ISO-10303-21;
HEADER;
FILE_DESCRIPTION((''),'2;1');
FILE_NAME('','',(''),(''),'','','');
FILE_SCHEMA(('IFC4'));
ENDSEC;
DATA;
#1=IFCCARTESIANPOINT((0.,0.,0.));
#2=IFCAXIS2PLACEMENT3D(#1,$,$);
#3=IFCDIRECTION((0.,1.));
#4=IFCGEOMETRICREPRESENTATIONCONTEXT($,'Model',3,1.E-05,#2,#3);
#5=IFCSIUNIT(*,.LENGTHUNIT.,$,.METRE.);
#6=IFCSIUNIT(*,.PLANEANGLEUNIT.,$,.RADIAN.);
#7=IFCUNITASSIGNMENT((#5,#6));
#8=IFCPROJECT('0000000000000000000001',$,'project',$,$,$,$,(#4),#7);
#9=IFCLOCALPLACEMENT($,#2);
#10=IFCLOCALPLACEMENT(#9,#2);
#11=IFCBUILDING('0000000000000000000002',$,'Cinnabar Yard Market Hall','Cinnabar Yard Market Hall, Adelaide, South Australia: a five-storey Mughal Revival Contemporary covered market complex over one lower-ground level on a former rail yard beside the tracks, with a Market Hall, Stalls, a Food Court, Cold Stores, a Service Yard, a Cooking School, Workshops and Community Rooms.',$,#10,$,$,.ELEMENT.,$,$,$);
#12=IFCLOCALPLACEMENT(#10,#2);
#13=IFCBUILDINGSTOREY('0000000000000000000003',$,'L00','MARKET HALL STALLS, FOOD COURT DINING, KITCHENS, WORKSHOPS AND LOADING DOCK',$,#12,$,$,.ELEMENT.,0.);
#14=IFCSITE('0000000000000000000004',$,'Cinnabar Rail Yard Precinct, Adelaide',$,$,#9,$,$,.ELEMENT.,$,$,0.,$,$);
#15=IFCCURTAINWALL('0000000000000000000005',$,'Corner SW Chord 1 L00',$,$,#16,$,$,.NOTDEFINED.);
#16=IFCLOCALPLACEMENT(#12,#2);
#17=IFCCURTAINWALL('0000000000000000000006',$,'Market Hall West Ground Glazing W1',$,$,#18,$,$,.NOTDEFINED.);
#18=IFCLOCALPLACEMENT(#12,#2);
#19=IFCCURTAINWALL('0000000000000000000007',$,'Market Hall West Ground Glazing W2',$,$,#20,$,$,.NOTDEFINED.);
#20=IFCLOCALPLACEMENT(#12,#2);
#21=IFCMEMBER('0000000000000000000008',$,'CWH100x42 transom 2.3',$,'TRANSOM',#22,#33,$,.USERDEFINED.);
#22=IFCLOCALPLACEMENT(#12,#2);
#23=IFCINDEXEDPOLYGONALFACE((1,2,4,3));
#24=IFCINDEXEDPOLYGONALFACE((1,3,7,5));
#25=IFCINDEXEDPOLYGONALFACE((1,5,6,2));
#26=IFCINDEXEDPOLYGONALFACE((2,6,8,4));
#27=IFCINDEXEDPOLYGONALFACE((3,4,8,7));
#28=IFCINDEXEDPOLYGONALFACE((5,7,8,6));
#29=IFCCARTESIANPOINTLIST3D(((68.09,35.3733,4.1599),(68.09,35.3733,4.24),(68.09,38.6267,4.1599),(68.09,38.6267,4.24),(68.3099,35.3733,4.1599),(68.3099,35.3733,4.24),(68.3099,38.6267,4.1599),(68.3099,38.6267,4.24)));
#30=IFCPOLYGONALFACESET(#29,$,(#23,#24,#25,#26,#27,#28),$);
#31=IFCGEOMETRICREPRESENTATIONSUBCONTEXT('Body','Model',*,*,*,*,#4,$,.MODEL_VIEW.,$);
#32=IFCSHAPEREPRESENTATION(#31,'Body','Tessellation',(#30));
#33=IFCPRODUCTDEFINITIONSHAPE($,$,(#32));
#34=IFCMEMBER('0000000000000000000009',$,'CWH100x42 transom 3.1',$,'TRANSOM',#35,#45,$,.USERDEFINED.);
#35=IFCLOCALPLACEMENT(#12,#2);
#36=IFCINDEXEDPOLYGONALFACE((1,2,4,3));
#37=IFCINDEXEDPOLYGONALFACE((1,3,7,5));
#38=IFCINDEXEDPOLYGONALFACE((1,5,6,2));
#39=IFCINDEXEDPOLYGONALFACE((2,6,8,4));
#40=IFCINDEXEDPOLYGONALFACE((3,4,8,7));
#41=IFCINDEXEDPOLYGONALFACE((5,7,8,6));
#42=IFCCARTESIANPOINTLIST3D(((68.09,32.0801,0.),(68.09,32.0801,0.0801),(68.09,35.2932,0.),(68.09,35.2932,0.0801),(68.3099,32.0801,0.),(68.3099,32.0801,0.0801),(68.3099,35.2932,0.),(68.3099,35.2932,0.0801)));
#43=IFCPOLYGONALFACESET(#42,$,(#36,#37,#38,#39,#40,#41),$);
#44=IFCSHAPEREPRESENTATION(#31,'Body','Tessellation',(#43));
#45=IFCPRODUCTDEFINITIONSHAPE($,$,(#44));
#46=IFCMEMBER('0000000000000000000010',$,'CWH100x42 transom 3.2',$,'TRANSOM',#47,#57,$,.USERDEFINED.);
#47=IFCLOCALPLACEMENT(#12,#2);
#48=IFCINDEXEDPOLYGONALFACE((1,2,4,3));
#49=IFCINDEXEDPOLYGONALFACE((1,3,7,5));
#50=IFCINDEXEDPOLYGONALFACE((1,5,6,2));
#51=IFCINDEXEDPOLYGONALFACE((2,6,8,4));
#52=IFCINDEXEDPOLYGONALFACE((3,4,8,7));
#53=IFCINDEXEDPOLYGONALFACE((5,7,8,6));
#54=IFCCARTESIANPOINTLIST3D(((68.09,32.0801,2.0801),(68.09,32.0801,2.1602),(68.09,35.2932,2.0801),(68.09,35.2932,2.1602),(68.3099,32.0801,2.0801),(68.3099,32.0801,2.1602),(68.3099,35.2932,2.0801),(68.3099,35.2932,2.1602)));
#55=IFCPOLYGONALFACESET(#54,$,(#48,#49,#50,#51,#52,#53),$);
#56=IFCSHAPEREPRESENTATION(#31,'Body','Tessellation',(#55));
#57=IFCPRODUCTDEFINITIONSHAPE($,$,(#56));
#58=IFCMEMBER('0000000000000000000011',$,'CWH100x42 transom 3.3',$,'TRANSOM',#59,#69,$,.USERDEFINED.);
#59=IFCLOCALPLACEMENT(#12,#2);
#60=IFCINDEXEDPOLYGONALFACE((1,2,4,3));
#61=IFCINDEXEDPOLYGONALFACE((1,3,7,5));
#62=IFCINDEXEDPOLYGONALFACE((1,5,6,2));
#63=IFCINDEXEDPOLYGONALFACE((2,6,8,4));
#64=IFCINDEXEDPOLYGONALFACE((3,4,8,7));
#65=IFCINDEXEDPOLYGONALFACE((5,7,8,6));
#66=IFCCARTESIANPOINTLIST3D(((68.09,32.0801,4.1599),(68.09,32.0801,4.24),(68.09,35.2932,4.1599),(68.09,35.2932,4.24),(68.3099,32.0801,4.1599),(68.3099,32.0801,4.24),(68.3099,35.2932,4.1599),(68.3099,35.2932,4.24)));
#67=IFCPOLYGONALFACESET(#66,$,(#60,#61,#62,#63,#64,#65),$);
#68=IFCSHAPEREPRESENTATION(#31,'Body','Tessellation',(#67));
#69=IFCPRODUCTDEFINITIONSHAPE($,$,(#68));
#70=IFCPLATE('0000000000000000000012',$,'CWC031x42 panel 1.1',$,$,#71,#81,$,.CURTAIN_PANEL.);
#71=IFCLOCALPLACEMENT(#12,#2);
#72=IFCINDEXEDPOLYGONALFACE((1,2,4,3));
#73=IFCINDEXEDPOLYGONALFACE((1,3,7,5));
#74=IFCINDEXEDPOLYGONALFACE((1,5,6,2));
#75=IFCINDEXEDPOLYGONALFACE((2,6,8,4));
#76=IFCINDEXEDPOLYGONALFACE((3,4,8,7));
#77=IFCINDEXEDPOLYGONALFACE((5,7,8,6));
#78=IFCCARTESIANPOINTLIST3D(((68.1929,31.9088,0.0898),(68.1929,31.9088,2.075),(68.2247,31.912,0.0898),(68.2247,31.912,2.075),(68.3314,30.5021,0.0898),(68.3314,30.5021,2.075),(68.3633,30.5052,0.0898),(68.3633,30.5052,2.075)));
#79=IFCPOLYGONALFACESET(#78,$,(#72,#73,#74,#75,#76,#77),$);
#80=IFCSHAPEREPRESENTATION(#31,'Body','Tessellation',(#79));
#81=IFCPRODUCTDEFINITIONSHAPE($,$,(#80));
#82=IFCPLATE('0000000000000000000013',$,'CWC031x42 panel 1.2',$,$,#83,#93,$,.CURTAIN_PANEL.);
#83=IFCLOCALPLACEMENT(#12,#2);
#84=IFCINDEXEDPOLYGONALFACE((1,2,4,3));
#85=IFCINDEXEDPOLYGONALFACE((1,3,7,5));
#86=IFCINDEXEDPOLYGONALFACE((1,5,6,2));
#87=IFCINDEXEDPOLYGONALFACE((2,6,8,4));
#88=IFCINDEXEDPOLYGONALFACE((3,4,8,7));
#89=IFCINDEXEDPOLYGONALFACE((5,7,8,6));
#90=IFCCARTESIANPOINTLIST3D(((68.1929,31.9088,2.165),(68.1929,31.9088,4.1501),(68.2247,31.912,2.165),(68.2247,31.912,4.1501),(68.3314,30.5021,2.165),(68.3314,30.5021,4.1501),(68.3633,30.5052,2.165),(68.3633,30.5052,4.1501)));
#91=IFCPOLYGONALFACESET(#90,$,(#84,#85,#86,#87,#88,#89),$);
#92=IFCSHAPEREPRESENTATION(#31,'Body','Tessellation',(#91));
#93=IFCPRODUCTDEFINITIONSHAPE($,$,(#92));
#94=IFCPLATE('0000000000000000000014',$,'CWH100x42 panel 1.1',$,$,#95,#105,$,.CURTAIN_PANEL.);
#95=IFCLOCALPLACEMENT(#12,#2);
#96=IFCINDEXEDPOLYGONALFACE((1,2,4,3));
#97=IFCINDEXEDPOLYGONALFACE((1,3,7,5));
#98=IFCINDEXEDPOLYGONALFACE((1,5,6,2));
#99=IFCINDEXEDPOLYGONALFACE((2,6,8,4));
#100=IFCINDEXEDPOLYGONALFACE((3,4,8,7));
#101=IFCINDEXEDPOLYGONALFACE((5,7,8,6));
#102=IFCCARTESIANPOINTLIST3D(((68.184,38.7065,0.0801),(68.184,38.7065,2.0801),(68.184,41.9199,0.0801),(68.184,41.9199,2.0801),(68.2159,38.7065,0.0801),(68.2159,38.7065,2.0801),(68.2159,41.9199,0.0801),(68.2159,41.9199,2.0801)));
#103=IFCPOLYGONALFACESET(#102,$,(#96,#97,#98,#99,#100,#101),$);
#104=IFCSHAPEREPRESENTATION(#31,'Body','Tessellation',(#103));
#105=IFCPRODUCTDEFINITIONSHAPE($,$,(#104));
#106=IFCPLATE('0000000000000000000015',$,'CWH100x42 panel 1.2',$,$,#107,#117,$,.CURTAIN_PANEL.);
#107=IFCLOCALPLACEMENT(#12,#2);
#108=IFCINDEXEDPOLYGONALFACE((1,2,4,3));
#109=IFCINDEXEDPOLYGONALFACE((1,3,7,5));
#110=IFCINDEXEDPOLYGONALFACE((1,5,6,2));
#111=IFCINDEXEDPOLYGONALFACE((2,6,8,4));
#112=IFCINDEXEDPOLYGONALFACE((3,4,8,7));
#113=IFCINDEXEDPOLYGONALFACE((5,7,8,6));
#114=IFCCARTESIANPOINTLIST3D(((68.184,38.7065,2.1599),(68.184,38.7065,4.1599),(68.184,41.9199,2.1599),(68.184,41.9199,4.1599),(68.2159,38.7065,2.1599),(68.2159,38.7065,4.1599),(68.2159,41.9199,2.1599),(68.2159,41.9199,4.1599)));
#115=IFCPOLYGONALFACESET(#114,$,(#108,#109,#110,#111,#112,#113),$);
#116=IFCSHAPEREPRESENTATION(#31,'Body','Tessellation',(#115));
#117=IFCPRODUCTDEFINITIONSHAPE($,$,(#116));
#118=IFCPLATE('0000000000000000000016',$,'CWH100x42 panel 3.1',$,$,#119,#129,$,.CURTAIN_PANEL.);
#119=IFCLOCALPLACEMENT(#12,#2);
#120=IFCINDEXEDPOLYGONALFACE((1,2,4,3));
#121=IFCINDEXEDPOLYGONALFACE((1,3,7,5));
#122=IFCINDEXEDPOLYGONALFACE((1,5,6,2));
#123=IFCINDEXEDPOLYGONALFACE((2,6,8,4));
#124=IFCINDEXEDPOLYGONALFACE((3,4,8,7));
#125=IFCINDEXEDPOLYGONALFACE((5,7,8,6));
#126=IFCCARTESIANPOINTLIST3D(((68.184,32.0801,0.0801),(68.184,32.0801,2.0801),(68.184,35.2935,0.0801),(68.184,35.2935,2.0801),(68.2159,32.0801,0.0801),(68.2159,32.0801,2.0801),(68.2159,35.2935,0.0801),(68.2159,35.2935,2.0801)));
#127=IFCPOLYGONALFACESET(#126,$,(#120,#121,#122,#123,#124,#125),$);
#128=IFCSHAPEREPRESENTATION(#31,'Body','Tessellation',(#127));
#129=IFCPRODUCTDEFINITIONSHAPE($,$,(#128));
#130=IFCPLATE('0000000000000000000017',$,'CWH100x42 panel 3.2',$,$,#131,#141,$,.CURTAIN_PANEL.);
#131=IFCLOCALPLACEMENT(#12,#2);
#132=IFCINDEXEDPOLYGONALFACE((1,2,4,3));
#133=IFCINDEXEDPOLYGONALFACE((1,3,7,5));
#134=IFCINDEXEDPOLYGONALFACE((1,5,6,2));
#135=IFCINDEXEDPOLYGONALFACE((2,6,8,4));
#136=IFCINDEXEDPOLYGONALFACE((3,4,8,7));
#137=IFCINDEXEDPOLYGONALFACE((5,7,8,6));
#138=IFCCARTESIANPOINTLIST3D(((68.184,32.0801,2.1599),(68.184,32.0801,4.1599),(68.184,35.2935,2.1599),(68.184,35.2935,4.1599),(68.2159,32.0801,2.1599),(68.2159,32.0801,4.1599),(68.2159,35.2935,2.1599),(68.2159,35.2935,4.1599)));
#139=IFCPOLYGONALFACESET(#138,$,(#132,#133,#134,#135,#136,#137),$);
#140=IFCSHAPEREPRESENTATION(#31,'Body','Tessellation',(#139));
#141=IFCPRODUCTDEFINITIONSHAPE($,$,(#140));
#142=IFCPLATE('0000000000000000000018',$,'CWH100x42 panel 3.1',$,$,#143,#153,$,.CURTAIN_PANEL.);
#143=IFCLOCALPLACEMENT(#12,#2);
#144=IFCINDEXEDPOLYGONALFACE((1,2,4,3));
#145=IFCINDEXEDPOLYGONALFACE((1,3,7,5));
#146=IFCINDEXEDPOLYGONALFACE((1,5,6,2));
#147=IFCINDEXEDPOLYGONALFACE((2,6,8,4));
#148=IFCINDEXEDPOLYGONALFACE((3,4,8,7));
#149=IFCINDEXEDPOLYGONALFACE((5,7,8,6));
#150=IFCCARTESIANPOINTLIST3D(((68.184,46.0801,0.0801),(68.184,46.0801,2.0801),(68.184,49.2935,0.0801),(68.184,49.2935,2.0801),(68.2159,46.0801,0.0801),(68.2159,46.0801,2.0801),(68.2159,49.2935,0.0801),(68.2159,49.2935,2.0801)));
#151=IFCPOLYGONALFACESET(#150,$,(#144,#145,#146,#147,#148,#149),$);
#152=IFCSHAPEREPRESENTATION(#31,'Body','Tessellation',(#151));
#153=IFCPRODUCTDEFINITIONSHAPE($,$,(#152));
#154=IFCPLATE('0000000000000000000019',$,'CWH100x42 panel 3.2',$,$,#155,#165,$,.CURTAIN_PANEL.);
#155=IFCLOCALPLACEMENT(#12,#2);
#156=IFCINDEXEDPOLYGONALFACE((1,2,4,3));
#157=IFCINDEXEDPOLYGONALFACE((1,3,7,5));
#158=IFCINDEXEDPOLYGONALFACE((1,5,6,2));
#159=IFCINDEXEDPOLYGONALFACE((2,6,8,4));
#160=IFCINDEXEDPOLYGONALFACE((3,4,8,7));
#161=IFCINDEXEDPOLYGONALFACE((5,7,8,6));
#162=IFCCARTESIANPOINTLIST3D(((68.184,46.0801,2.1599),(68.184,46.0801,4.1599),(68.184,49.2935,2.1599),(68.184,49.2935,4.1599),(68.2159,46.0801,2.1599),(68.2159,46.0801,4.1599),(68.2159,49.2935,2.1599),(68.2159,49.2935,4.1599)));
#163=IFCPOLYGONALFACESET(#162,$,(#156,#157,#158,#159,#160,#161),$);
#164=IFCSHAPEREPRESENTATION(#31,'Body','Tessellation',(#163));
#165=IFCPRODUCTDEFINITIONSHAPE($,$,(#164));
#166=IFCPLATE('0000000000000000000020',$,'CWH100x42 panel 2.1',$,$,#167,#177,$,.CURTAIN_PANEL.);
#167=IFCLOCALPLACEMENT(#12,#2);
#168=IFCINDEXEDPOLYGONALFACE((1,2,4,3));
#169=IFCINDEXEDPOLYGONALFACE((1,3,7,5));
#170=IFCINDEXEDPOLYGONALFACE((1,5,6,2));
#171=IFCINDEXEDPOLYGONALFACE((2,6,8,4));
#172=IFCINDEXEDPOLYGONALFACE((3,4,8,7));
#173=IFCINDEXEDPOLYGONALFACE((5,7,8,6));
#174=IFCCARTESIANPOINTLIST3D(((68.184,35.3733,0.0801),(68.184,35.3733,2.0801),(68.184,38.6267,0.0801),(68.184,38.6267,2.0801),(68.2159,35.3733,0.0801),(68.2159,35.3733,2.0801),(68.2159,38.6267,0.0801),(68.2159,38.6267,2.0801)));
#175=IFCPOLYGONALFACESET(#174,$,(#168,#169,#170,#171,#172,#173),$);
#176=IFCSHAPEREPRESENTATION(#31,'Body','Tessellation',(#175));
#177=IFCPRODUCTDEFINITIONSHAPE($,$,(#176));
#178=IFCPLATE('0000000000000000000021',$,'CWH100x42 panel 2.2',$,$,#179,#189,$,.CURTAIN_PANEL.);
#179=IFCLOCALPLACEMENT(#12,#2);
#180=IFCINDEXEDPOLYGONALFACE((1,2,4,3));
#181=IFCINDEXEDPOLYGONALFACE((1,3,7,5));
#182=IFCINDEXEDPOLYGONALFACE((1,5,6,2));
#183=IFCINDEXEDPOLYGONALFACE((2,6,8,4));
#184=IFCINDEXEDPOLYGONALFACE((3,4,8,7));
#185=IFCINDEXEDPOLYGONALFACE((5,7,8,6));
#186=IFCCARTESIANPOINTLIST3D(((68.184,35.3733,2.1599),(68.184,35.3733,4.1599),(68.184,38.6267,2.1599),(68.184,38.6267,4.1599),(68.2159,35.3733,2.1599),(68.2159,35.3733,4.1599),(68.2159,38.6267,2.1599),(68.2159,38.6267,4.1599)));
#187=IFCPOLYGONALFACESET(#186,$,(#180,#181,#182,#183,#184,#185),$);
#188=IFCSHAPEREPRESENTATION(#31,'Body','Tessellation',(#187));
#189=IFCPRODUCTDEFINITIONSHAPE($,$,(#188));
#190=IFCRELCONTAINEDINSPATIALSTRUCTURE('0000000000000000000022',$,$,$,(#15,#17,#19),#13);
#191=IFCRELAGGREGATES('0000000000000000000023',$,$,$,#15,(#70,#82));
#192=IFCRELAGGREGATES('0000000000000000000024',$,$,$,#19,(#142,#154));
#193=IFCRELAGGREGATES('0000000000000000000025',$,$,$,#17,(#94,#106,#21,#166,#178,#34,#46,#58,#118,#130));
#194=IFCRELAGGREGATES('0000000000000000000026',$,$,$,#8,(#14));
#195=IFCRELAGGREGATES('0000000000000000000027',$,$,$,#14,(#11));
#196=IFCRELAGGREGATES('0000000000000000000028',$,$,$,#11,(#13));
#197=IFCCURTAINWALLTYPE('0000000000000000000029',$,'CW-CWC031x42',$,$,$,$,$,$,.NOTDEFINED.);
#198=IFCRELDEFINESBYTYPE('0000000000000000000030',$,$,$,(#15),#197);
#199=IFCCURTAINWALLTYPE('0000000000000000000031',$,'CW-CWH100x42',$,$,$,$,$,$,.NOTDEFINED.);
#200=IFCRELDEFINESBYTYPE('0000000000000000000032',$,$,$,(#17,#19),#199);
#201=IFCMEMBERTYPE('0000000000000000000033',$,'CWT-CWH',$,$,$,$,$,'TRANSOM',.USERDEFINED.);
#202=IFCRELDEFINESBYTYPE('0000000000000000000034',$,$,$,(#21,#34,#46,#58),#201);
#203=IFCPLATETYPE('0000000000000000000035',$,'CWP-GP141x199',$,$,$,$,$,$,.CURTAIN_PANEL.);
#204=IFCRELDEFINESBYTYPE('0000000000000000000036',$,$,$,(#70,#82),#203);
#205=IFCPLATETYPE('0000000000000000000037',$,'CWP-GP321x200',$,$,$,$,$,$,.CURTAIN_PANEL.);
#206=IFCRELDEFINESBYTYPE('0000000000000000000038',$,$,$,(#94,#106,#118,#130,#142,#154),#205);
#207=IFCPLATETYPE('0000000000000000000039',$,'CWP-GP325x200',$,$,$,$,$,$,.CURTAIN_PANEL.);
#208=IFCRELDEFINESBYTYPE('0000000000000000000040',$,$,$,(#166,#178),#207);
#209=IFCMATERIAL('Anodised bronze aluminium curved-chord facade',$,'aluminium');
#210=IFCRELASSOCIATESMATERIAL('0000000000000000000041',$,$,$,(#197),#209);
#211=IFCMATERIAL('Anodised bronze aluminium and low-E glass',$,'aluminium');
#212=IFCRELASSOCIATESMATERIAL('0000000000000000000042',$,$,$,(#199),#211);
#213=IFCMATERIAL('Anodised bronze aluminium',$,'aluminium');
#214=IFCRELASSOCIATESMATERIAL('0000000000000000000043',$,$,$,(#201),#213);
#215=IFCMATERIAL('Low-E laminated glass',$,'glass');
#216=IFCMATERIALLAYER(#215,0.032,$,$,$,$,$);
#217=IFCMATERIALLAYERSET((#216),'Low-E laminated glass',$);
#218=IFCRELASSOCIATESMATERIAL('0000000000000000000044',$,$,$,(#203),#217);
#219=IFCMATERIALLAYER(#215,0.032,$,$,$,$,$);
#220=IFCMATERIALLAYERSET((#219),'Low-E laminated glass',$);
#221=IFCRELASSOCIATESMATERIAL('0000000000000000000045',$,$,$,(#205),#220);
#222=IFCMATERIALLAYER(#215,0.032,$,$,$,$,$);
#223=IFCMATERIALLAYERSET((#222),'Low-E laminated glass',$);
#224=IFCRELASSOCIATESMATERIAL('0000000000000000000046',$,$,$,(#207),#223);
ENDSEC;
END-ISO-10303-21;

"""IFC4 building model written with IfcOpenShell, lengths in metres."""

from ifc_helpers import new_model, si_unit, direction, frame, origin, origin_2d_with_axis, place, context, subcontext, project, spatial, rectangle, extrude, material, layer, layer_set, material_profile, profile_set, type_object, element, aggregate, save


model = new_model("IFC4")

# Units and contexts
model_context = context("Model", 3, precision=1e-05, world=origin(), true_north=direction((0.0, 1.0)))
body_context = subcontext(model_context, "Body", "Model", "MODEL_VIEW")
ifc_project = project(units=[si_unit("LENGTHUNIT", "METRE"), si_unit("PLANEANGLEUNIT", "RADIAN")], contexts=[model_context])

# Site, building, storey
site_placement = place(None, origin())
site = spatial("IfcSite", under=ifc_project, at=site_placement, Name="Cinnabar Rail Yard Precinct, Adelaide", CompositionType="ELEMENT", RefElevation=0.0)
building_placement = place(site_placement, origin())
building = spatial("IfcBuilding", under=site, at=building_placement, Name="Cinnabar Yard Market Hall", Description="Cinnabar Yard Market Hall, Adelaide, South Australia: a five-storey Mughal Revival Contemporary covered market complex over one lower-ground level on a former rail yard beside the tracks, with a Market Hall, Stalls, a Food Court, Cold Stores, a Service Yard, a Cooking School, Workshops and Community Rooms.", CompositionType="ELEMENT")
storey_placement = place(building_placement, origin())
storey = spatial("IfcBuildingStorey", under=building, at=storey_placement, Name="L00", Description="MARKET HALL STALLS, FOOD COURT DINING, KITCHENS, WORKSHOPS AND LOADING DOCK", CompositionType="ELEMENT", Elevation=0.0)

# Curtain wall
ifc_material_1 = material(Name="Anodised bronze aluminium curved-chord facade", Category="aluminium")
curtain_wall_type_1 = type_object("IfcCurtainWallType", Name="CW-CWC031x42", PredefinedType="NOTDEFINED", material=ifc_material_1)
curtain_wall_1_placement = place(storey_placement, origin())
curtain_wall_1 = element("IfcCurtainWall", 1, at=curtain_wall_1_placement, inside=storey, type_object=curtain_wall_type_1, Name="Corner SW Chord 1 L00", PredefinedType="NOTDEFINED")
ifc_material_2 = material(Name="Anodised bronze aluminium", Category="aluminium")

# Curtain wall
ifc_material_3 = material(Name="Anodised bronze aluminium and low-E glass", Category="aluminium")
curtain_wall_type_2 = type_object("IfcCurtainWallType", Name="CW-CWH100x42", PredefinedType="NOTDEFINED", material=ifc_material_3)
curtain_wall_2_placement = place(storey_placement, origin())
curtain_wall_2 = element("IfcCurtainWall", 2, at=curtain_wall_2_placement, inside=storey, type_object=curtain_wall_type_2, Name="Market Hall West Ground Glazing W1", PredefinedType="NOTDEFINED")

# Curtain wall
curtain_wall_3_placement = place(storey_placement, origin())
curtain_wall_3 = element("IfcCurtainWall", 3, at=curtain_wall_3_placement, inside=storey, type_object=curtain_wall_type_2, Name="Market Hall West Ground Glazing W2", PredefinedType="NOTDEFINED")

# Members
ifc_material_profile_1 = material_profile(ifc_material_2, rectangle(XDim=0.22, YDim=0.0801, at=origin_2d_with_axis()), Name="TRN-CWH")
ifc_profile_set_1 = profile_set([ifc_material_profile_1], Name="Anodised bronze aluminium")
member_type_1 = type_object("IfcMemberType", Name="CWT-CWH", ElementType="TRANSOM", PredefinedType="USERDEFINED", material=ifc_profile_set_1)
member_1_placement = place(storey_placement, frame((68.2, 38.6267, 4.2), z_axis=(0.0, -1.0, 0.0), x_axis=(1.0, 0.0, 0.0)))
member_1 = element("IfcMember", 4, at=member_1_placement, type_object=member_type_1, Name="CWH100x42 transom 2.3", ObjectType="TRANSOM", PredefinedType="USERDEFINED", context=body_context, shape_type="SweptSolid", body=[
    extrude(rectangle(XDim=0.22, YDim=0.0801, at=origin_2d_with_axis()), origin(), (0.0, 0.0, 1.0), 3.2534),
])
member_2_placement = place(storey_placement, frame((68.2, 35.2932, 0.04), z_axis=(0.0, -1.0, 0.0), x_axis=(1.0, 0.0, 0.0)))
member_2 = element("IfcMember", 5, at=member_2_placement, type_object=member_type_1, Name="CWH100x42 transom 3.1", ObjectType="TRANSOM", PredefinedType="USERDEFINED", context=body_context, shape_type="SweptSolid", body=[
    extrude(rectangle(XDim=0.22, YDim=0.0801, at=origin_2d_with_axis()), origin(), (0.0, 0.0, 1.0), 3.2131),
])
member_3_placement = place(storey_placement, frame((68.2, 35.2932, 2.1201), z_axis=(0.0, -1.0, 0.0), x_axis=(1.0, 0.0, 0.0)))
member_3 = element("IfcMember", 6, at=member_3_placement, type_object=member_type_1, Name="CWH100x42 transom 3.2", ObjectType="TRANSOM", PredefinedType="USERDEFINED", context=body_context, shape_type="SweptSolid", body=[
    extrude(rectangle(XDim=0.22, YDim=0.0801, at=origin_2d_with_axis()), origin(), (0.0, 0.0, 1.0), 3.2131),
])
member_4_placement = place(storey_placement, frame((68.2, 35.2932, 4.2), z_axis=(0.0, -1.0, 0.0), x_axis=(1.0, 0.0, 0.0)))
member_4 = element("IfcMember", 7, at=member_4_placement, type_object=member_type_1, Name="CWH100x42 transom 3.3", ObjectType="TRANSOM", PredefinedType="USERDEFINED", context=body_context, shape_type="SweptSolid", body=[
    extrude(rectangle(XDim=0.22, YDim=0.0801, at=origin_2d_with_axis()), origin(), (0.0, 0.0, 1.0), 3.2131),
])

# Plates
ifc_material_4 = material(Name="Low-E laminated glass", Category="glass")
ifc_layer_1 = layer(ifc_material_4, 0.032)
ifc_layer_set_1 = layer_set([ifc_layer_1], Name="Low-E laminated glass")
plate_type_1 = type_object("IfcPlateType", Name="CWP-GP141x199", PredefinedType="CURTAIN_PANEL", material=ifc_layer_set_1)
plate_1_placement = place(storey_placement, frame((68.2781, 31.207, 0.0898), z_axis=(0.0, 0.0, 1.0), x_axis=(0.09802, -0.995184, 0.0)))
plate_1 = element("IfcPlate", 8, at=plate_1_placement, type_object=plate_type_1, Name="CWC031x42 panel 1.1", PredefinedType="CURTAIN_PANEL", context=body_context, shape_type="SweptSolid", body=[
    extrude(rectangle(XDim=1.4136, YDim=0.032, at=origin_2d_with_axis()), origin(), (0.0, 0.0, 1.0), 1.9851),
])
plate_2_placement = place(storey_placement, frame((68.2781, 31.207, 2.165), z_axis=(0.0, 0.0, 1.0), x_axis=(0.09802, -0.995184, 0.0)))
plate_2 = element("IfcPlate", 9, at=plate_2_placement, type_object=plate_type_1, Name="CWC031x42 panel 1.2", PredefinedType="CURTAIN_PANEL", context=body_context, shape_type="SweptSolid", body=[
    extrude(rectangle(XDim=1.4136, YDim=0.032, at=origin_2d_with_axis()), origin(), (0.0, 0.0, 1.0), 1.9851),
])
aggregate(curtain_wall_1, [plate_1, plate_2])
ifc_layer_2 = layer(ifc_material_4, 0.032)
ifc_layer_set_2 = layer_set([ifc_layer_2], Name="Low-E laminated glass")
plate_type_2 = type_object("IfcPlateType", Name="CWP-GP321x200", PredefinedType="CURTAIN_PANEL", material=ifc_layer_set_2)
plate_3_placement = place(storey_placement, frame((68.2, 40.3132, 0.0801), z_axis=(0.0, 0.0, 1.0), x_axis=(0.0, -1.0, 0.0)))
plate_3 = element("IfcPlate", 10, at=plate_3_placement, type_object=plate_type_2, Name="CWH100x42 panel 1.1", PredefinedType="CURTAIN_PANEL", context=body_context, shape_type="SweptSolid", body=[
    extrude(rectangle(XDim=3.2134, YDim=0.032, at=origin_2d_with_axis()), origin(), (0.0, 0.0, 1.0), 2.0),
])
plate_4_placement = place(storey_placement, frame((68.2, 40.3132, 2.1599), z_axis=(0.0, 0.0, 1.0), x_axis=(0.0, -1.0, 0.0)))
plate_4 = element("IfcPlate", 11, at=plate_4_placement, type_object=plate_type_2, Name="CWH100x42 panel 1.2", PredefinedType="CURTAIN_PANEL", context=body_context, shape_type="SweptSolid", body=[
    extrude(rectangle(XDim=3.2134, YDim=0.032, at=origin_2d_with_axis()), origin(), (0.0, 0.0, 1.0), 2.0),
])
plate_5_placement = place(storey_placement, frame((68.2, 33.6868, 0.0801), z_axis=(0.0, 0.0, 1.0), x_axis=(0.0, -1.0, 0.0)))
plate_5 = element("IfcPlate", 12, at=plate_5_placement, type_object=plate_type_2, Name="CWH100x42 panel 3.1", PredefinedType="CURTAIN_PANEL", context=body_context, shape_type="SweptSolid", body=[
    extrude(rectangle(XDim=3.2134, YDim=0.032, at=origin_2d_with_axis()), origin(), (0.0, 0.0, 1.0), 2.0),
])
plate_6_placement = place(storey_placement, frame((68.2, 33.6868, 2.1599), z_axis=(0.0, 0.0, 1.0), x_axis=(0.0, -1.0, 0.0)))
plate_6 = element("IfcPlate", 13, at=plate_6_placement, type_object=plate_type_2, Name="CWH100x42 panel 3.2", PredefinedType="CURTAIN_PANEL", context=body_context, shape_type="SweptSolid", body=[
    extrude(rectangle(XDim=3.2134, YDim=0.032, at=origin_2d_with_axis()), origin(), (0.0, 0.0, 1.0), 2.0),
])
plate_7_placement = place(storey_placement, frame((68.2, 47.6868, 0.0801), z_axis=(0.0, 0.0, 1.0), x_axis=(0.0, -1.0, 0.0)))
plate_7 = element("IfcPlate", 14, at=plate_7_placement, type_object=plate_type_2, Name="CWH100x42 panel 3.1", PredefinedType="CURTAIN_PANEL", context=body_context, shape_type="SweptSolid", body=[
    extrude(rectangle(XDim=3.2134, YDim=0.032, at=origin_2d_with_axis()), origin(), (0.0, 0.0, 1.0), 2.0),
])
plate_8_placement = place(storey_placement, frame((68.2, 47.6868, 2.1599), z_axis=(0.0, 0.0, 1.0), x_axis=(0.0, -1.0, 0.0)))
plate_8 = element("IfcPlate", 15, at=plate_8_placement, type_object=plate_type_2, Name="CWH100x42 panel 3.2", PredefinedType="CURTAIN_PANEL", context=body_context, shape_type="SweptSolid", body=[
    extrude(rectangle(XDim=3.2134, YDim=0.032, at=origin_2d_with_axis()), origin(), (0.0, 0.0, 1.0), 2.0),
])
aggregate(curtain_wall_3, [plate_7, plate_8])
ifc_layer_3 = layer(ifc_material_4, 0.032)
ifc_layer_set_3 = layer_set([ifc_layer_3], Name="Low-E laminated glass")
plate_type_3 = type_object("IfcPlateType", Name="CWP-GP325x200", PredefinedType="CURTAIN_PANEL", material=ifc_layer_set_3)
plate_9_placement = place(storey_placement, frame((68.2, 37.0, 0.0801), z_axis=(0.0, 0.0, 1.0), x_axis=(0.0, -1.0, 0.0)))
plate_9 = element("IfcPlate", 16, at=plate_9_placement, type_object=plate_type_3, Name="CWH100x42 panel 2.1", PredefinedType="CURTAIN_PANEL", context=body_context, shape_type="SweptSolid", body=[
    extrude(rectangle(XDim=3.2534, YDim=0.032, at=origin_2d_with_axis()), origin(), (0.0, 0.0, 1.0), 2.0),
])
plate_10_placement = place(storey_placement, frame((68.2, 37.0, 2.1599), z_axis=(0.0, 0.0, 1.0), x_axis=(0.0, -1.0, 0.0)))
plate_10 = element("IfcPlate", 17, at=plate_10_placement, type_object=plate_type_3, Name="CWH100x42 panel 2.2", PredefinedType="CURTAIN_PANEL", context=body_context, shape_type="SweptSolid", body=[
    extrude(rectangle(XDim=3.2534, YDim=0.032, at=origin_2d_with_axis()), origin(), (0.0, 0.0, 1.0), 2.0),
])
aggregate(curtain_wall_2, [plate_3, plate_4, member_1, plate_9, plate_10, member_2, member_3, member_4, plate_5, plate_6])

save(model, "model.ifc")
